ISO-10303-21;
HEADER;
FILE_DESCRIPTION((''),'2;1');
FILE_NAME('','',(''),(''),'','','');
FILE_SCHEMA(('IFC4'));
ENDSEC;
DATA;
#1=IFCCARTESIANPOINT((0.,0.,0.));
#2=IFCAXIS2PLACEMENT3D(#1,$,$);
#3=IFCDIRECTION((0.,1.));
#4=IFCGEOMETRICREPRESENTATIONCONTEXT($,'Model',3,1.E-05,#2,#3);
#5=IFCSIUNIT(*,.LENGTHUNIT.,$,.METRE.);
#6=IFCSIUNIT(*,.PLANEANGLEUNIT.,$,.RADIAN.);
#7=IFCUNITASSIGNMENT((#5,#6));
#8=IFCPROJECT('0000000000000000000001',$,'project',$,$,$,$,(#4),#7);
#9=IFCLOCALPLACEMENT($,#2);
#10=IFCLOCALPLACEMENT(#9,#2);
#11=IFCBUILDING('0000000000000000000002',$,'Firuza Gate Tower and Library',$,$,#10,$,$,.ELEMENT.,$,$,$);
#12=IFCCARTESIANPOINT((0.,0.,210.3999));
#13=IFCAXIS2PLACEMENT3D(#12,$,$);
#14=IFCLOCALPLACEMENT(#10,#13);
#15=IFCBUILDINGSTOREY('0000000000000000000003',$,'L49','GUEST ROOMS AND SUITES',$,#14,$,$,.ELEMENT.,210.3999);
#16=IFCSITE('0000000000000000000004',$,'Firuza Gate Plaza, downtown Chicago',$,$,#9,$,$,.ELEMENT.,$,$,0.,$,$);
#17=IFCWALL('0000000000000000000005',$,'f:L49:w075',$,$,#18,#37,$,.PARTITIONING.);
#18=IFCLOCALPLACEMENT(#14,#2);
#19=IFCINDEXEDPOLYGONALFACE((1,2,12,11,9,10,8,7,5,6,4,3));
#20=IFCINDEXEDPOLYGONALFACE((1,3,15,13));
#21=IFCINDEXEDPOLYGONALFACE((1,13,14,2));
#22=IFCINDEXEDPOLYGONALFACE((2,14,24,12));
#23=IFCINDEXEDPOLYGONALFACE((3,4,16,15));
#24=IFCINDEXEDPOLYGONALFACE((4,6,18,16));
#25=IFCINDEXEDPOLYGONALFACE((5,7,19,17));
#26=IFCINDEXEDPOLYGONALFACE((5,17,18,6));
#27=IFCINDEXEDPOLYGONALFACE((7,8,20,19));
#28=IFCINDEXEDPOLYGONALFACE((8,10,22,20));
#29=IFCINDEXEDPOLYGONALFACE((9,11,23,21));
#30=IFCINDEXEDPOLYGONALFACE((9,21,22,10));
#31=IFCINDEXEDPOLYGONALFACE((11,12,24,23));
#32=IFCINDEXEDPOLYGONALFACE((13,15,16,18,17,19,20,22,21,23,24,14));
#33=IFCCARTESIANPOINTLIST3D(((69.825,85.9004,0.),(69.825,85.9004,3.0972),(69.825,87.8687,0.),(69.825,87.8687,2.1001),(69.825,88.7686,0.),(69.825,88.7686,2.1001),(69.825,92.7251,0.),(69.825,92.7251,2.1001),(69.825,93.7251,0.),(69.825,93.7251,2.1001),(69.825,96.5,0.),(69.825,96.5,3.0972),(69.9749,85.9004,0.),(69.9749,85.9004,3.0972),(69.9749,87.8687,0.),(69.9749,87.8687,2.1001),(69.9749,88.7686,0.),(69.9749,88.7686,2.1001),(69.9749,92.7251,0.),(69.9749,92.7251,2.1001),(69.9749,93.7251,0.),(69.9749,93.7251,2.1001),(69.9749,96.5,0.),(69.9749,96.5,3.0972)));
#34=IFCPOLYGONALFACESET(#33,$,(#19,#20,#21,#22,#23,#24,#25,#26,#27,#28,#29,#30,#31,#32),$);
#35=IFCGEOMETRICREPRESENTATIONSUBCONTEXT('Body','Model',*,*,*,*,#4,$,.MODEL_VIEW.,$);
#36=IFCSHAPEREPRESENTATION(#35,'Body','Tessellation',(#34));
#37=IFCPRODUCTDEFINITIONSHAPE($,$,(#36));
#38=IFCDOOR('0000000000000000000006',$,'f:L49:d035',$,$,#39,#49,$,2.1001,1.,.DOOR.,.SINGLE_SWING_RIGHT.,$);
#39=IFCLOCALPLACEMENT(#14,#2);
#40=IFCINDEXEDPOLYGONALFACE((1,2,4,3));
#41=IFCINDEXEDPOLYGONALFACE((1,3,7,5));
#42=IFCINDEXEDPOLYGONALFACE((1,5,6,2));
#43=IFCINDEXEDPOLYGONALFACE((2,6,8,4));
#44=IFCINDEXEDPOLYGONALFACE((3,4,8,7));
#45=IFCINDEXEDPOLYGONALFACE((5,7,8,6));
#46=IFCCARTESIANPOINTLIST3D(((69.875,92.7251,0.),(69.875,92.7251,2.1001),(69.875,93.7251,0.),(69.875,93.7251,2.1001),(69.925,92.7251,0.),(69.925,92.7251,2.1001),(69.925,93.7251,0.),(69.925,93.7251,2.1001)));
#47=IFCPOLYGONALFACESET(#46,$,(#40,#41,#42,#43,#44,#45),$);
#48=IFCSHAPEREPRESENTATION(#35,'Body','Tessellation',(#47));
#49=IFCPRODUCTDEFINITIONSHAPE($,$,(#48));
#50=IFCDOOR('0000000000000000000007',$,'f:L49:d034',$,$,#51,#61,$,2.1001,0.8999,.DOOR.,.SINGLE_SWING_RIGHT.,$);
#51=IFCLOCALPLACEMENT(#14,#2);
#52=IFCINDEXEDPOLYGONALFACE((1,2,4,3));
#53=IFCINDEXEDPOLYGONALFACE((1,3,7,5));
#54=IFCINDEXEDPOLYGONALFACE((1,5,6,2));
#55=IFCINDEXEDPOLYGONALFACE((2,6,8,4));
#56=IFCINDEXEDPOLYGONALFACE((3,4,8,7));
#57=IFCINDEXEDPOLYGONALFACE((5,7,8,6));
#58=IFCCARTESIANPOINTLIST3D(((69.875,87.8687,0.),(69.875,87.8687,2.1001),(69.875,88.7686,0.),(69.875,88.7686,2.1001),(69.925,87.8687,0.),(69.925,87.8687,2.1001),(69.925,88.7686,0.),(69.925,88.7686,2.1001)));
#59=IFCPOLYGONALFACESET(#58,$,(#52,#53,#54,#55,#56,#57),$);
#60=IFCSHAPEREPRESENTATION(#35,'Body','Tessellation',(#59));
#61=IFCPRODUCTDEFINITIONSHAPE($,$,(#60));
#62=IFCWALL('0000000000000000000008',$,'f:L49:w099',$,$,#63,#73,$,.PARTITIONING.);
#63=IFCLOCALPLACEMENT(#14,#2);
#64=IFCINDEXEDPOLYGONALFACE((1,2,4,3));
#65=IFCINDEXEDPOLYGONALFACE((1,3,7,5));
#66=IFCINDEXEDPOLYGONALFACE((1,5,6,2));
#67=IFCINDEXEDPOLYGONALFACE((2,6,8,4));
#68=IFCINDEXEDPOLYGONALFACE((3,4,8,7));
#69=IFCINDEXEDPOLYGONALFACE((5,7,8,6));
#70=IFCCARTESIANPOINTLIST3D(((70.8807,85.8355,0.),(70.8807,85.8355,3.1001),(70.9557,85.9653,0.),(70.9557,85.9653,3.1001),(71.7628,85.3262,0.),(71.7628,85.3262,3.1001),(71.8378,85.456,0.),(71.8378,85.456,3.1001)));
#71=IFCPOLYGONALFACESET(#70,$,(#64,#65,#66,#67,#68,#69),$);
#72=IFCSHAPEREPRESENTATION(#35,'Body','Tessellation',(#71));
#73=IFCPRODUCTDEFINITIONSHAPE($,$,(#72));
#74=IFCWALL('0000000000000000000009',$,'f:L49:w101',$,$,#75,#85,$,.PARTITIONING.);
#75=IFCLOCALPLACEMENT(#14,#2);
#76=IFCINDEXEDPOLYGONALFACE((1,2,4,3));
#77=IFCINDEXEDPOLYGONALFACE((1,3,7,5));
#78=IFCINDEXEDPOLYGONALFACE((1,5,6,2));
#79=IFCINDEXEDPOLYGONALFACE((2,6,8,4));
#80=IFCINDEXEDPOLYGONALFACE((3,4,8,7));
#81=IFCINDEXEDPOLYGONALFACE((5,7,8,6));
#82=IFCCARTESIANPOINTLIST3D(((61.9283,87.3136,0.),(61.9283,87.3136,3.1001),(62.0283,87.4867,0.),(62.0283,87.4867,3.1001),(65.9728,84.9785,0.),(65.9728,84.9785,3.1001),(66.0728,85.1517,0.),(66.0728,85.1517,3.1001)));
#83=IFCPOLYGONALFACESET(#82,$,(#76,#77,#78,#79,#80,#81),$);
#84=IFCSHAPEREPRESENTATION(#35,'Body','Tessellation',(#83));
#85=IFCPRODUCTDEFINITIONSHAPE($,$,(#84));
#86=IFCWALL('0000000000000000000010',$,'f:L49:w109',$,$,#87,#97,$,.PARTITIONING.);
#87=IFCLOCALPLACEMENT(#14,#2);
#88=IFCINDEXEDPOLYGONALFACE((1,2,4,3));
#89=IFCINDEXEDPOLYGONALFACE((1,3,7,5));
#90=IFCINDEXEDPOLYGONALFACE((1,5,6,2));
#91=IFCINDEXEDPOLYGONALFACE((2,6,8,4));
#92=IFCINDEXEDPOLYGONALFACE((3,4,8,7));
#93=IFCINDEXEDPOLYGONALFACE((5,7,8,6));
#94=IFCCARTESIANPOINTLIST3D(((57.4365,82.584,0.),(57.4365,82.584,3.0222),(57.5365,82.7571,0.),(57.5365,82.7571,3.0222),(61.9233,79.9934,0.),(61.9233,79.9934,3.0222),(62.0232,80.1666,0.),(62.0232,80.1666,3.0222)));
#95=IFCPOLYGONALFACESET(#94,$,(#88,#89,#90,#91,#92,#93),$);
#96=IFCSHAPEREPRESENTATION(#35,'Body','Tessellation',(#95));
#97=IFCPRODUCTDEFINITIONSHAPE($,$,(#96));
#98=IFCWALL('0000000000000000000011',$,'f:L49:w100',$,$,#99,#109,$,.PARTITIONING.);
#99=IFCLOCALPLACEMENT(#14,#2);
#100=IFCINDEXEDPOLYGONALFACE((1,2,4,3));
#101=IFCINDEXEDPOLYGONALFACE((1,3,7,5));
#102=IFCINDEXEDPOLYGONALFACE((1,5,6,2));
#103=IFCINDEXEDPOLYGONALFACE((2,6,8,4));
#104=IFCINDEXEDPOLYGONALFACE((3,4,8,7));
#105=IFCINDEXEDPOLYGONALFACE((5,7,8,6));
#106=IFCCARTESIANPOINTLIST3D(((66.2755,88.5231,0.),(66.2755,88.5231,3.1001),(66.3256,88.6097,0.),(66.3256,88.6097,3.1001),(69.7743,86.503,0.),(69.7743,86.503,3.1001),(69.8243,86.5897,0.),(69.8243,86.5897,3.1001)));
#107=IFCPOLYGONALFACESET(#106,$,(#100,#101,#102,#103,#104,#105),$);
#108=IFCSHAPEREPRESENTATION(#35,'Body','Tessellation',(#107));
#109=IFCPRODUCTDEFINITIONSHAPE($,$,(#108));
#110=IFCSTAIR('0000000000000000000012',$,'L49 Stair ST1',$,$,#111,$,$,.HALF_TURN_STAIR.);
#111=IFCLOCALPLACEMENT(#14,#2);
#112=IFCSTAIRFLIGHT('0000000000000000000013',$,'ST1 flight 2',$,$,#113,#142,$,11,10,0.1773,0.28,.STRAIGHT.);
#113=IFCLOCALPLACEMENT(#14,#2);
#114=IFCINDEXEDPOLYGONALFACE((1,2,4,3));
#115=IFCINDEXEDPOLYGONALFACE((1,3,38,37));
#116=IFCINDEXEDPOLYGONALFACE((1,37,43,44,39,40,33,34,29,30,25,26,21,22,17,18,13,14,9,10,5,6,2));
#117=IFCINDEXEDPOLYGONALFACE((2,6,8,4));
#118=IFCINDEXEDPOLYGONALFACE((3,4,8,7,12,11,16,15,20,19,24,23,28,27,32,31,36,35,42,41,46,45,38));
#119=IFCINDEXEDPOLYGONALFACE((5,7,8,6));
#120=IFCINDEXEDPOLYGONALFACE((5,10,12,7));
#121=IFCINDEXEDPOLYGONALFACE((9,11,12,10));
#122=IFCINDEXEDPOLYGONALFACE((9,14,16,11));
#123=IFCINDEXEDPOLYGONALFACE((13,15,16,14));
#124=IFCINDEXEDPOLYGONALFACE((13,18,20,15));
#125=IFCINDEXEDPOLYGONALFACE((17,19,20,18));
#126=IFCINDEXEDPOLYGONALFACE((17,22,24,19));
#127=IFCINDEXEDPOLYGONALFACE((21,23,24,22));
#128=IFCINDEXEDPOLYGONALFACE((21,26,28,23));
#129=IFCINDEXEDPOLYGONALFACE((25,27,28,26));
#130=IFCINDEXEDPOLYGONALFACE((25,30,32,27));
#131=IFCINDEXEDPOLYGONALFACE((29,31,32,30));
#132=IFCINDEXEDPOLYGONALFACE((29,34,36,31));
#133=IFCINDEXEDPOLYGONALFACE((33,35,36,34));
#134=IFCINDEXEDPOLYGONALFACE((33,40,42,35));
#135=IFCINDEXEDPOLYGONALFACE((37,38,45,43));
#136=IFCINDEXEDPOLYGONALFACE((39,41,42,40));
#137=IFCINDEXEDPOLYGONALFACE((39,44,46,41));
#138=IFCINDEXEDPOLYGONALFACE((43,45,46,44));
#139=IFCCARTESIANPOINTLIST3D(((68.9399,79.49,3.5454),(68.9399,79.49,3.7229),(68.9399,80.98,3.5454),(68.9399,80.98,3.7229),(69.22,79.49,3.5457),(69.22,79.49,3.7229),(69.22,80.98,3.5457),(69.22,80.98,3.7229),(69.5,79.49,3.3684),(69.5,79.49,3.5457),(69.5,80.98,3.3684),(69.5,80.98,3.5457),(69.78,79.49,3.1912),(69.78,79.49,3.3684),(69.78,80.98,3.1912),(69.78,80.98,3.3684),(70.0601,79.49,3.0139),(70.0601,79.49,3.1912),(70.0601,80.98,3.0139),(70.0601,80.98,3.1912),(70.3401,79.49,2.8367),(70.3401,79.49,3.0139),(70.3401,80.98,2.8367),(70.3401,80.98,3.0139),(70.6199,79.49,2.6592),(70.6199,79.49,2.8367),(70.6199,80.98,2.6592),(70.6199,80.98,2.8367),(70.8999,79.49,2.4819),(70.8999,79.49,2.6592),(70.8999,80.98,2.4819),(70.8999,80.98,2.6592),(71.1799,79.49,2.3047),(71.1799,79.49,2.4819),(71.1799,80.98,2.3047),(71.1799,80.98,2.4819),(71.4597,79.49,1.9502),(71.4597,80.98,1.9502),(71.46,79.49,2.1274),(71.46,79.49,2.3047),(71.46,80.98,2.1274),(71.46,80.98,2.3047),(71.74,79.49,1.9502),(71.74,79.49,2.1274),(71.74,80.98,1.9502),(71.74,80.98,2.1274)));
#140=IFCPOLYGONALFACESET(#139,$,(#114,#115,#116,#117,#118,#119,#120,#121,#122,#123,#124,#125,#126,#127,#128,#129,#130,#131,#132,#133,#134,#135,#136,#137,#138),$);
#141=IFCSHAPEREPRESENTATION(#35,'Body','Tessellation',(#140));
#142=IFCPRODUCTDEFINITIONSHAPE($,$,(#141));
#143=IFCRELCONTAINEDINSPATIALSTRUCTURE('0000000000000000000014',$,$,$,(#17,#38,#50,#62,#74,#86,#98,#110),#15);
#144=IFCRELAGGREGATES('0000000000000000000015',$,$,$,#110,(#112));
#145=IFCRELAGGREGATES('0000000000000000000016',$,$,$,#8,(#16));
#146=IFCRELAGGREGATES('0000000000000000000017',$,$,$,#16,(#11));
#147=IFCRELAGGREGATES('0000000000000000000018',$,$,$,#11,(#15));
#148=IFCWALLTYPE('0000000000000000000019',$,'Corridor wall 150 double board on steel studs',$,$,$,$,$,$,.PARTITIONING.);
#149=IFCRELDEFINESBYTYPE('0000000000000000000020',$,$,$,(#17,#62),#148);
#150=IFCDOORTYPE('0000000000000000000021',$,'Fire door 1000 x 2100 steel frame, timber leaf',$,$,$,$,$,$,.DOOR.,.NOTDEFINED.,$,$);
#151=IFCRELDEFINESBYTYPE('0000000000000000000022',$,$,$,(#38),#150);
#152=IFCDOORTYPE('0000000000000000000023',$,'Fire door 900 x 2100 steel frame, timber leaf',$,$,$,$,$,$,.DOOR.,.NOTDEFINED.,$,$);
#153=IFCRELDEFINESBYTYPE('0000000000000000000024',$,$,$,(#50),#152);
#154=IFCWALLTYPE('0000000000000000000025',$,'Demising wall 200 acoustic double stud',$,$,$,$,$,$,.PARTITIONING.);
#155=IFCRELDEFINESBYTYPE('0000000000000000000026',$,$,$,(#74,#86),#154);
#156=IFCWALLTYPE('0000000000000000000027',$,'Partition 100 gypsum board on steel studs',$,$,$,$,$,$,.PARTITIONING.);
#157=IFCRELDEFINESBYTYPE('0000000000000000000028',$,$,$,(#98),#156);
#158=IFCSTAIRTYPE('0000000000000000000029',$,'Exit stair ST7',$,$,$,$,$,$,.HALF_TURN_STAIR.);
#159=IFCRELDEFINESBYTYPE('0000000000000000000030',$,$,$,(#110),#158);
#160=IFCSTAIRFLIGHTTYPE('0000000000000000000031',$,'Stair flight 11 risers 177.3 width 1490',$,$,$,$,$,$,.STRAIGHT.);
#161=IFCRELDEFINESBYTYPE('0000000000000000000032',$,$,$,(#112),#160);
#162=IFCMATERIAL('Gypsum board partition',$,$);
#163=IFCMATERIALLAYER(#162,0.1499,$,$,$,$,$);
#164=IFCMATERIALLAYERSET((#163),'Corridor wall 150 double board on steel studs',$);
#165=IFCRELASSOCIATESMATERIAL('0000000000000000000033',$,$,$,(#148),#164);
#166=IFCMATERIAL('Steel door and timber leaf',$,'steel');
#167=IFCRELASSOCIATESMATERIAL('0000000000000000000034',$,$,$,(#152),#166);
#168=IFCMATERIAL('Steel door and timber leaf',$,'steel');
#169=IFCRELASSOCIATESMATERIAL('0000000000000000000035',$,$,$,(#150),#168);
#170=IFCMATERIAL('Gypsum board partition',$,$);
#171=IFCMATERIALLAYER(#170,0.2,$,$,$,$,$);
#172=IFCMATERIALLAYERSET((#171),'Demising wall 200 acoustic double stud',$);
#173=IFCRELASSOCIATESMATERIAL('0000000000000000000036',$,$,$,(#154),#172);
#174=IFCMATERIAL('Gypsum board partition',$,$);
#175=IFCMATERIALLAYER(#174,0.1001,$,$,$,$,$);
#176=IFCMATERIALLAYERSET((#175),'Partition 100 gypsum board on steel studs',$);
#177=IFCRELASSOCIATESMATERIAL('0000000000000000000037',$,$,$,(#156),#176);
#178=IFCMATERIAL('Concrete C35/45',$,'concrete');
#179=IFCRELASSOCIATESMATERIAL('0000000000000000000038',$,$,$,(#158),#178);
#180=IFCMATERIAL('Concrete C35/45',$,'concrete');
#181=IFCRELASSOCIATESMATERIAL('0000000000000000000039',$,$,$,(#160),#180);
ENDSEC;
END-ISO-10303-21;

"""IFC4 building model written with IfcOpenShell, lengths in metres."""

from ifc_helpers import new_model, si_unit, direction, frame, frame_2d, origin, place, context, subcontext, project, spatial, polyline, rectangle, outline, extrude, material, layer, layer_set, type_object, element, fill, aggregate, save


model = new_model("IFC4")

# Units and contexts
model_context = context("Model", 3, precision=1e-05, world=origin(), true_north=direction((0.0, 1.0)))
body_context = subcontext(model_context, "Body", "Model", "MODEL_VIEW")
ifc_project = project(units=[si_unit("LENGTHUNIT", "METRE"), si_unit("PLANEANGLEUNIT", "RADIAN")], contexts=[model_context])

# Site, building, storey
site_placement = place(None, origin())
site = spatial("IfcSite", under=ifc_project, at=site_placement, Name="Firuza Gate Plaza, downtown Chicago", CompositionType="ELEMENT", RefElevation=0.0)
building_placement = place(site_placement, origin())
building = spatial("IfcBuilding", under=site, at=building_placement, Name="Firuza Gate Tower and Library", CompositionType="ELEMENT")
storey_placement = place(building_placement, frame((0.0, 0.0, 210.3999)))
storey = spatial("IfcBuildingStorey", under=building, at=storey_placement, Name="L49", Description="GUEST ROOMS AND SUITES", CompositionType="ELEMENT", Elevation=210.3999)

# Shared definitions
ifc_material_1 = material(Name="Gypsum board partition")
ifc_layer_1 = layer(ifc_material_1, 0.1499)
ifc_layer_set_1 = layer_set([ifc_layer_1], Name="Corridor wall 150 double board on steel studs")
wall_type_1 = type_object("IfcWallType", Name="Corridor wall 150 double board on steel studs", PredefinedType="PARTITIONING", material=ifc_layer_set_1)
ifc_material_2 = material(Name="Steel door and timber leaf", Category="steel")
door_type_1 = type_object("IfcDoorType", Name="Fire door 900 x 2100 steel frame, timber leaf", OperationType="NOTDEFINED", PredefinedType="DOOR", material=ifc_material_2)

# Wall, openings, doors
wall_1_placement = place(storey_placement, frame((69.8999, 85.9004, 0.0), z_axis=(0.0, 0.0, 1.0), x_axis=(0.0, 1.0, 0.0)))
wall_1 = element("IfcWall", 1, at=wall_1_placement, inside=storey, type_object=wall_type_1, Name="f:L49:w075", PredefinedType="PARTITIONING", context=body_context, shape_type="SweptSolid", body=[
    extrude(rectangle(XDim=10.5996, YDim=0.1499, at=frame_2d((5.2998, 0.0))), origin(), (0.0, 0.0, 1.0), 3.0972),
])
opening_1_placement = place(wall_1_placement, frame((1.9683, 0.0, 0.0)))
opening_1 = element("IfcOpeningElement", 2, at=opening_1_placement, cuts=wall_1, PredefinedType="OPENING", context=body_context, shape_type="SweptSolid", body=[
    extrude(rectangle(XDim=0.8999, YDim=2.1001, at=frame_2d((0.45, 1.05))), frame((0.0, 0.085, 0.0), z_axis=(0.0, -1.0, 0.0), x_axis=(1.0, 0.0, 0.0)), (0.0, 0.0, 1.0), 0.1699),
])
opening_2_placement = place(wall_1_placement, frame((6.8247, 0.0, 0.0)))
opening_2 = element("IfcOpeningElement", 3, at=opening_2_placement, cuts=wall_1, PredefinedType="OPENING", context=body_context, shape_type="SweptSolid", body=[
    extrude(rectangle(XDim=1.0, YDim=2.1001, at=frame_2d((0.5, 1.05))), frame((0.0, 0.085, 0.0), z_axis=(0.0, -1.0, 0.0), x_axis=(1.0, 0.0, 0.0)), (0.0, 0.0, 1.0), 0.1699),
])
ifc_material_3 = material(Name="Steel door and timber leaf", Category="steel")
door_type_2 = type_object("IfcDoorType", Name="Fire door 1000 x 2100 steel frame, timber leaf", OperationType="NOTDEFINED", PredefinedType="DOOR", material=ifc_material_3)
door_1_placement = place(opening_2_placement, origin())
door_1 = element("IfcDoor", 4, at=door_1_placement, inside=storey, type_object=door_type_2, Name="f:L49:d035", OperationType="SINGLE_SWING_RIGHT", OverallHeight=2.1001, OverallWidth=1.0, PredefinedType="DOOR", context=body_context, shape_type="SweptSolid", body=[
    extrude(rectangle(XDim=1.0, YDim=2.1001, at=frame_2d((0.5, 1.05))), frame((0.0, 0.0249, 0.0), z_axis=(0.0, -1.0, 0.0), x_axis=(1.0, 0.0, 0.0)), (0.0, 0.0, 1.0), 0.05),
])
fill(opening_2, door_1)
door_2_placement = place(opening_1_placement, origin())
door_2 = element("IfcDoor", 5, at=door_2_placement, inside=storey, type_object=door_type_1, Name="f:L49:d034", OperationType="SINGLE_SWING_RIGHT", OverallHeight=2.1001, OverallWidth=0.8999, PredefinedType="DOOR", context=body_context, shape_type="SweptSolid", body=[
    extrude(rectangle(XDim=0.8999, YDim=2.1001, at=frame_2d((0.45, 1.05))), frame((0.0, 0.0249, 0.0), z_axis=(0.0, -1.0, 0.0), x_axis=(1.0, 0.0, 0.0)), (0.0, 0.0, 1.0), 0.05),
])
fill(opening_1, door_2)

# Walls
wall_2_placement = place(storey_placement, frame((71.8003, 85.3911, 0.0), z_axis=(0.0, 0.0, 1.0), x_axis=(-0.866022, 0.500006, 0.0)))
element("IfcWall", 6, at=wall_2_placement, inside=storey, type_object=wall_type_1, Name="f:L49:w099", PredefinedType="PARTITIONING", context=body_context, shape_type="SweptSolid", body=[
    extrude(rectangle(XDim=1.0186, YDim=0.1499, at=frame_2d((0.5093, 0.0))), origin(), (0.0, 0.0, 1.0), 3.1001),
])
ifc_material_4 = material(Name="Gypsum board partition")
ifc_layer_2 = layer(ifc_material_4, 0.2)
ifc_layer_set_2 = layer_set([ifc_layer_2], Name="Demising wall 200 acoustic double stud")
wall_type_2 = type_object("IfcWallType", Name="Demising wall 200 acoustic double stud", PredefinedType="PARTITIONING", material=ifc_layer_set_2)
wall_3_placement = place(storey_placement, frame((66.0227, 85.0652, 0.0), z_axis=(0.0, 0.0, 1.0), x_axis=(-0.866034, 0.499985, 0.0)))
element("IfcWall", 7, at=wall_3_placement, inside=storey, type_object=wall_type_2, Name="f:L49:w101", PredefinedType="PARTITIONING", context=body_context, shape_type="SweptSolid", body=[
    extrude(rectangle(XDim=4.6702, YDim=0.2, at=frame_2d((2.335, 0.0))), origin(), (0.0, 0.0, 1.0), 3.1001),
])
wall_4_placement = place(storey_placement, frame((61.9731, 80.0801, 0.0), z_axis=(0.0, 0.0, 1.0), x_axis=(-0.866016, 0.500016, 0.0)))
element("IfcWall", 8, at=wall_4_placement, inside=storey, type_object=wall_type_2, Name="f:L49:w109", PredefinedType="PARTITIONING", context=body_context, shape_type="SweptSolid", body=[
    extrude(rectangle(XDim=5.1809, YDim=0.2, at=frame_2d((2.5903, 0.0))), origin(), (0.0, 0.0, 1.0), 3.0222),
])
ifc_material_5 = material(Name="Gypsum board partition")
ifc_layer_3 = layer(ifc_material_5, 0.1001)
ifc_layer_set_3 = layer_set([ifc_layer_3], Name="Partition 100 gypsum board on steel studs")
wall_type_3 = type_object("IfcWallType", Name="Partition 100 gypsum board on steel studs", PredefinedType="PARTITIONING", material=ifc_layer_set_3)
wall_5_placement = place(storey_placement, frame((69.7993, 86.5464, 0.0), z_axis=(0.0, 0.0, 1.0), x_axis=(-0.866026, 0.5, 0.0)))
element("IfcWall", 9, at=wall_5_placement, inside=storey, type_object=wall_type_3, Name="f:L49:w100", PredefinedType="PARTITIONING", context=body_context, shape_type="SweptSolid", body=[
    extrude(rectangle(XDim=4.04, YDim=0.1001, at=frame_2d((2.02, 0.0))), origin(), (0.0, 0.0, 1.0), 3.1001),
])

# Stair, stair flight
ifc_material_6 = material(Name="Concrete C35/45", Category="concrete")
stair_type = type_object("IfcStairType", Name="Exit stair ST7", PredefinedType="HALF_TURN_STAIR", material=ifc_material_6)
stair_placement = place(storey_placement, origin())
stair = element("IfcStair", 10, at=stair_placement, inside=storey, type_object=stair_type, Name="L49 Stair ST1", PredefinedType="HALF_TURN_STAIR")
ifc_material_7 = material(Name="Concrete C35/45", Category="concrete")
stair_flight_type = type_object("IfcStairFlightType", Name="Stair flight 11 risers 177.3 width 1490", PredefinedType="STRAIGHT", material=ifc_material_7)
stair_flight_placement = place(storey_placement, frame((71.74, 80.2351, 1.9502), z_axis=(0.0, 0.0, 1.0), x_axis=(-1.0, 0.0, 0.0)))
stair_flight = element("IfcStairFlight", 11, at=stair_flight_placement, type_object=stair_flight_type, Name="ST1 flight 2", NumberOfRisers=11, NumberOfTreads=10, PredefinedType="STRAIGHT", RiserHeight=0.1773, TreadLength=0.28, context=body_context, shape_type="SweptSolid", body=[
    extrude(outline(polyline([(0.0, 0.0), (0.0, 0.1772), (0.28, 0.1772), (0.28, 0.3545), (0.5601, 0.3545), (0.5601, 0.5317), (0.8401, 0.5317), (0.8401, 0.709), (1.1201, 0.709), (1.1201, 0.8865), (1.3999, 0.8865), (1.3999, 1.0637), (1.6799, 1.0637), (1.6799, 1.241), (1.96, 1.241), (1.96, 1.4182), (2.24, 1.4182), (2.24, 1.5955), (2.52, 1.5955), (2.52, 1.7727), (2.8, 1.7727), (2.8, 1.95), (2.8, 1.5952), (0.2803, 0.0), (0.0, 0.0)])), frame((0.0, 0.7451, 0.0), z_axis=(0.0, -1.0, 0.0), x_axis=(1.0, 0.0, 0.0)), (0.0, 0.0, 1.0), 1.49),
])
aggregate(stair, [stair_flight])

save(model, "model.ifc")
